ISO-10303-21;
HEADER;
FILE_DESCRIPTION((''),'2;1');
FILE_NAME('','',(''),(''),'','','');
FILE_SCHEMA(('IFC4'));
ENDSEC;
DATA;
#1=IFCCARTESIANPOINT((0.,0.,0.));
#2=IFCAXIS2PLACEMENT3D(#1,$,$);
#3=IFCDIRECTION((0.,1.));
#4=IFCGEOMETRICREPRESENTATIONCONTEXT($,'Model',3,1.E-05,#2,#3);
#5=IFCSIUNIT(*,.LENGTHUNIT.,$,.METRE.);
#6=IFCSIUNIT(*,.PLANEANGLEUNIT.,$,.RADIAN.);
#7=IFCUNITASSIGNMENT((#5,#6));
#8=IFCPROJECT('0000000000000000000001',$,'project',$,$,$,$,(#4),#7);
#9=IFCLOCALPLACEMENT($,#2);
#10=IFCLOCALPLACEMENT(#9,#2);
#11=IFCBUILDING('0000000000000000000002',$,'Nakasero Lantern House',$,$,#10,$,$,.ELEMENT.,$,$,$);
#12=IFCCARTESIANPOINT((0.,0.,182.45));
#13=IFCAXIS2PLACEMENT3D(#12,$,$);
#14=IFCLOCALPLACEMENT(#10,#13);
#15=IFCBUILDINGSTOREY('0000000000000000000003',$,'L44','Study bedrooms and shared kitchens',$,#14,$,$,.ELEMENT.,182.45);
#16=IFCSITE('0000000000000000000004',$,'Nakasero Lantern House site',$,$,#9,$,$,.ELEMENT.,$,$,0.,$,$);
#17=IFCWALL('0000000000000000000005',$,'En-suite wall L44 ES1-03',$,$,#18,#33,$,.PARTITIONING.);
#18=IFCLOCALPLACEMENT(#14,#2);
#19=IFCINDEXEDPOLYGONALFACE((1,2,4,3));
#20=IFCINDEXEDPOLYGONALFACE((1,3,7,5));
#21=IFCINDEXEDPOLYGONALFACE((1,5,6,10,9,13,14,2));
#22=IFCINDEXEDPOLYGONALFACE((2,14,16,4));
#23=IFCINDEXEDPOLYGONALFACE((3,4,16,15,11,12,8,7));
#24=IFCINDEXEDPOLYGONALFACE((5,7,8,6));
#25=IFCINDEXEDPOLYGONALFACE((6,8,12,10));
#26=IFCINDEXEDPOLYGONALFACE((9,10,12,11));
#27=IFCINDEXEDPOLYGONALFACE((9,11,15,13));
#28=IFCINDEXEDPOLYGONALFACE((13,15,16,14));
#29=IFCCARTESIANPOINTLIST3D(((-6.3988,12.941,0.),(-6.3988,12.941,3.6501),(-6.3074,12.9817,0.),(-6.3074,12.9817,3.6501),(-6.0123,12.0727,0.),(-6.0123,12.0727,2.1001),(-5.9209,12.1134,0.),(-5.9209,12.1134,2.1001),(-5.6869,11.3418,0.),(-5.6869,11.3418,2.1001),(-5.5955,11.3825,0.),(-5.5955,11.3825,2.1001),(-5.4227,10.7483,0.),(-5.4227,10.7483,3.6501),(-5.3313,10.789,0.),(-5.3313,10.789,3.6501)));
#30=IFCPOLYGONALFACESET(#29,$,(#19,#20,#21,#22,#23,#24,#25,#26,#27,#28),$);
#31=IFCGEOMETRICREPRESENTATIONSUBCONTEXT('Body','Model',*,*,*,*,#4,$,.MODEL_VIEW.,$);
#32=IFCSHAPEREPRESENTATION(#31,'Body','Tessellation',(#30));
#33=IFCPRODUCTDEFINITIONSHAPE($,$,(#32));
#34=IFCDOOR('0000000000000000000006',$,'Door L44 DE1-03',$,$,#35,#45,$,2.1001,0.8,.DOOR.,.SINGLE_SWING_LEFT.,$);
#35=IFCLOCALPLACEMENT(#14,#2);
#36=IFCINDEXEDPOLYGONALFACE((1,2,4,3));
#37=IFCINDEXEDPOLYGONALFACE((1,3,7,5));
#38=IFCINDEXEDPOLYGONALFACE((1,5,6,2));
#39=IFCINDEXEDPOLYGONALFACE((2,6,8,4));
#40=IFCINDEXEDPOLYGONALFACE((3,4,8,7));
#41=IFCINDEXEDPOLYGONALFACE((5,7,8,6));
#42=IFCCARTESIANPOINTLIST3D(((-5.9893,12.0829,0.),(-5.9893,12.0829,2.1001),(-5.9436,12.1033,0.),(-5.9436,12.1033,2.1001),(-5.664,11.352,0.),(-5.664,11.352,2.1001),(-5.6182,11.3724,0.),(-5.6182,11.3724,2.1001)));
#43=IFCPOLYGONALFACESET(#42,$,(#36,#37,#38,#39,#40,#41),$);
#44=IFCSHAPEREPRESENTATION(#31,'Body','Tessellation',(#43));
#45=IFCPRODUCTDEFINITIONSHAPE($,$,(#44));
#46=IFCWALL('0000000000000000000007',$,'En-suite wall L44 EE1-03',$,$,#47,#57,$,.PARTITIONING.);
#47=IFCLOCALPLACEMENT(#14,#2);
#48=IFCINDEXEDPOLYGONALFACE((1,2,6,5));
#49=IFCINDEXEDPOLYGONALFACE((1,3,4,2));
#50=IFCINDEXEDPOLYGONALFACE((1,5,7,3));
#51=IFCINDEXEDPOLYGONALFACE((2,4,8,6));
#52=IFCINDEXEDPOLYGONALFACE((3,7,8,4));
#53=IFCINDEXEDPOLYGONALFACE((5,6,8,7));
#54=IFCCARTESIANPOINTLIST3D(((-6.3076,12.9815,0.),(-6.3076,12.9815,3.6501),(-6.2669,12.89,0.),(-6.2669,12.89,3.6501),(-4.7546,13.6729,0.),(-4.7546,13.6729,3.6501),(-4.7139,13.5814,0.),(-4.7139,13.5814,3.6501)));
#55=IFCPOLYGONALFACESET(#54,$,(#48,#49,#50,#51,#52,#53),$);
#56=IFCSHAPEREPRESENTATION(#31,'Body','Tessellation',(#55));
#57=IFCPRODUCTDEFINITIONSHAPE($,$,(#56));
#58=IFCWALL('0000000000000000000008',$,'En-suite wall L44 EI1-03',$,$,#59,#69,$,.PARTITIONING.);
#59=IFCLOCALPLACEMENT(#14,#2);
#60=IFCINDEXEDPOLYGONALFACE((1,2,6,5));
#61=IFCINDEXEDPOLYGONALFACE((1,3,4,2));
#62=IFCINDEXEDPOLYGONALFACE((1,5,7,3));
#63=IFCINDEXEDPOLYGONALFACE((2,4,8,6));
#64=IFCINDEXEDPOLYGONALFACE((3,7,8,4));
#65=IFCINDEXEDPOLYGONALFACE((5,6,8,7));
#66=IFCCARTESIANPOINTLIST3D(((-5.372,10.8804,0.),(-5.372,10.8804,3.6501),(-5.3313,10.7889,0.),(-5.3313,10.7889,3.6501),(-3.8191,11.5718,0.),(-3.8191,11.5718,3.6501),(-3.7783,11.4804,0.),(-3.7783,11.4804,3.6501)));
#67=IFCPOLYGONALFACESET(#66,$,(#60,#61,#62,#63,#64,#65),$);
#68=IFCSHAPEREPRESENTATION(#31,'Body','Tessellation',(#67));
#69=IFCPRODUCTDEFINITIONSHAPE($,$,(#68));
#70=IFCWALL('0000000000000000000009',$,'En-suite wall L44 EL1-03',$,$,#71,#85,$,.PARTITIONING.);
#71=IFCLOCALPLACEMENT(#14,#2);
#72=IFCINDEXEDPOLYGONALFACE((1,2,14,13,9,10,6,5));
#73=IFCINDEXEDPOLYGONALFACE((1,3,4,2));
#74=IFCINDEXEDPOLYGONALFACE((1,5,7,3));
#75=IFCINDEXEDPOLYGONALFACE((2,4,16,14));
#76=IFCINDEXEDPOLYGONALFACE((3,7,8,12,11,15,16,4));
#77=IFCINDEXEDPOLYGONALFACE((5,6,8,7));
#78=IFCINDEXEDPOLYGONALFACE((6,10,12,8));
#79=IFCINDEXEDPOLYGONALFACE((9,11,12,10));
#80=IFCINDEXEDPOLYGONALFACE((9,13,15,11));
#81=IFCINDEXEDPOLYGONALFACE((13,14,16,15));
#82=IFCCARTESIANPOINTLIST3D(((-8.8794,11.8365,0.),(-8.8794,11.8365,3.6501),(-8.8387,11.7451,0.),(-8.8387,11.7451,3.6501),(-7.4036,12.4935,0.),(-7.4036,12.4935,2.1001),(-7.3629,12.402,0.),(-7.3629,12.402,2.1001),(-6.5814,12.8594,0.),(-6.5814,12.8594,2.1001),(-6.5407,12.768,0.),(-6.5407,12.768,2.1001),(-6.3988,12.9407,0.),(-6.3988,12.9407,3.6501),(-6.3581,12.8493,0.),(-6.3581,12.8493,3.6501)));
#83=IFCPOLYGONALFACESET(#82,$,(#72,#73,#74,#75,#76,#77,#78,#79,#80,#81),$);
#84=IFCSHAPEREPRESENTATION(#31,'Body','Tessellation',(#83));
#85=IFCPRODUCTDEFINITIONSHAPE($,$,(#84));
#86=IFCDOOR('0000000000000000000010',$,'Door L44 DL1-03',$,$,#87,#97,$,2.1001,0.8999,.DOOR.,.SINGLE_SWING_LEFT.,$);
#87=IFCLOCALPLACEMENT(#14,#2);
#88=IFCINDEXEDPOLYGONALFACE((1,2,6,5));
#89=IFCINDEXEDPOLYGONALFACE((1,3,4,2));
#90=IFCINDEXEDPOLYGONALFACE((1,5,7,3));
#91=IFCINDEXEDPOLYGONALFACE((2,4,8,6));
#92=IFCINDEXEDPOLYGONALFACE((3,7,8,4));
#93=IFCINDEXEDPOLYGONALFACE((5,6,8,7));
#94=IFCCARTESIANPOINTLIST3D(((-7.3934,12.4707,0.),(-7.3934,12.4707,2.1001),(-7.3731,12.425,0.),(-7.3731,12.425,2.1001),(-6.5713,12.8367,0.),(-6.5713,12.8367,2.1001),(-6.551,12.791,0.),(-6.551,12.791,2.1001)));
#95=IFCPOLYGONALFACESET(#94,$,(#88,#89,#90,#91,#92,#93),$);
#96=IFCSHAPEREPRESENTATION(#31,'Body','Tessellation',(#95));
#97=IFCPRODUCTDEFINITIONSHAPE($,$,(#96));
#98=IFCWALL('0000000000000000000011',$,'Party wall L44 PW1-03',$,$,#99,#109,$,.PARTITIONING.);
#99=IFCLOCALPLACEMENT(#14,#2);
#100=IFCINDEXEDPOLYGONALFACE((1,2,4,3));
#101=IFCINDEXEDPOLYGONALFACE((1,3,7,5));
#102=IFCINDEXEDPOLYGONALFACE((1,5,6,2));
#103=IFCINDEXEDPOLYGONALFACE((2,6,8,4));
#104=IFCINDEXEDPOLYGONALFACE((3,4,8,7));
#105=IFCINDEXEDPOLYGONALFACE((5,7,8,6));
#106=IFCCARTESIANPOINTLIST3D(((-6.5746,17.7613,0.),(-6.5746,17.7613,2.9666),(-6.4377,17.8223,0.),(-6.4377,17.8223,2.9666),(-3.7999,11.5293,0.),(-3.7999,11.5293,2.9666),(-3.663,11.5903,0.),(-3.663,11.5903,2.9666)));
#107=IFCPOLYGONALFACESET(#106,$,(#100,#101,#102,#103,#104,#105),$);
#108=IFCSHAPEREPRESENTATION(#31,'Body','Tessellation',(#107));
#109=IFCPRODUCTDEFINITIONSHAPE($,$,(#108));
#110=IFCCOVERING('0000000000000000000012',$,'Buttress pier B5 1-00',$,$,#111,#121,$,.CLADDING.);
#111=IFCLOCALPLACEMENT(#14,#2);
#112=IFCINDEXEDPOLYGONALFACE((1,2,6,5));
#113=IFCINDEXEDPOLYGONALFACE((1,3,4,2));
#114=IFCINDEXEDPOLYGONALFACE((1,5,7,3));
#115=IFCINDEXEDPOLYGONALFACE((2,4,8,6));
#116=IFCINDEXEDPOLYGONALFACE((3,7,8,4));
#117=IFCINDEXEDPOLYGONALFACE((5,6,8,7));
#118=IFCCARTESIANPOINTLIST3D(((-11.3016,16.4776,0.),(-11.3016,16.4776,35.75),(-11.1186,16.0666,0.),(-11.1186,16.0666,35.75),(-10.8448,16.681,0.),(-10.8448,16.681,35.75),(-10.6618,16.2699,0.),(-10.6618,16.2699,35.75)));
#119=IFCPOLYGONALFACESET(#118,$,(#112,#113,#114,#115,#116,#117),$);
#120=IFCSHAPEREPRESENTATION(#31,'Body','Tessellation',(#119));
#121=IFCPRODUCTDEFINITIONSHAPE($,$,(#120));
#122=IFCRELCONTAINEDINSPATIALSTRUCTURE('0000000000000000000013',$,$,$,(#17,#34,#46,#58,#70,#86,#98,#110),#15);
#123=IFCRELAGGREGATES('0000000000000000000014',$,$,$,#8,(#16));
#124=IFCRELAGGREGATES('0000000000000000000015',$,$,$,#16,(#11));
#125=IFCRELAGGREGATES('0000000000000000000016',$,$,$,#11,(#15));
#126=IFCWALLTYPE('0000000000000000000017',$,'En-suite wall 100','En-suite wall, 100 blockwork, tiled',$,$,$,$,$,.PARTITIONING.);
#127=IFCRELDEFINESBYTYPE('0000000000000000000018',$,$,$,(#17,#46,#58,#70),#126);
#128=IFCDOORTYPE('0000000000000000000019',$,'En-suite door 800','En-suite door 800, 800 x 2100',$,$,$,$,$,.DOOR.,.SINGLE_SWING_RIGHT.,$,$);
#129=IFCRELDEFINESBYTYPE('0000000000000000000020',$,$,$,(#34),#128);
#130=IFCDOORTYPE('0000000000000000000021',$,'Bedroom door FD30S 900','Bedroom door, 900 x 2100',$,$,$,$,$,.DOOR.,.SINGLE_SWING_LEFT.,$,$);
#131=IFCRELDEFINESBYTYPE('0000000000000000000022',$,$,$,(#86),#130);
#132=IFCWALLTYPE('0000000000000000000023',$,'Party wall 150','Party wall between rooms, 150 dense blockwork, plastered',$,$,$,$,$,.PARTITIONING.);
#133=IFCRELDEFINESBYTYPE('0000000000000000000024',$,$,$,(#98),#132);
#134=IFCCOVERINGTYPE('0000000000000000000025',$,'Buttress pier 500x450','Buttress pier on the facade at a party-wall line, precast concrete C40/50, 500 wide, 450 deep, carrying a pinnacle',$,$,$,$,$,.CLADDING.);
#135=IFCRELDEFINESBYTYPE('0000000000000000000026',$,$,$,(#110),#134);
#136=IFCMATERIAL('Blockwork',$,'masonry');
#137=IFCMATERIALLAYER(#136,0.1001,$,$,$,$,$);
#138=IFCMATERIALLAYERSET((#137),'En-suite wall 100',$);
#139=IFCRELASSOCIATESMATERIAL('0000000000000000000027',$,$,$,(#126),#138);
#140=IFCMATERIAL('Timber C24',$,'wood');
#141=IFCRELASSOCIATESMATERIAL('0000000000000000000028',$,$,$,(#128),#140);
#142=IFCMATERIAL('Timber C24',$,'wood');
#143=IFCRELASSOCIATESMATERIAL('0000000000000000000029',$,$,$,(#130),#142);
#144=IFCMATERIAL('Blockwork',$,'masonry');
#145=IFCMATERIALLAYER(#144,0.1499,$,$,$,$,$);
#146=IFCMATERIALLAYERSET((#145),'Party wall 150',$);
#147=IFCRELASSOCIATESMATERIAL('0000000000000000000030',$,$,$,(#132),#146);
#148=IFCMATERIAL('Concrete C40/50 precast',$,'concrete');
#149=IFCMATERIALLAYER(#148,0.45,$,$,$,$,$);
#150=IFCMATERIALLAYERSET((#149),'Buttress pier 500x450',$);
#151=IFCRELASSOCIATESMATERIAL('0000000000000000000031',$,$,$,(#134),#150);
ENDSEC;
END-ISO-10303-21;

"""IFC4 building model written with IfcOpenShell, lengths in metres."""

from ifc_helpers import new_model, si_unit, direction, frame, frame_2d, origin, origin_2d, place, context, subcontext, project, spatial, rectangle, extrude, material, layer, layer_set, type_object, element, fill, save


model = new_model("IFC4")

# Units and contexts
model_context = context("Model", 3, precision=1e-05, world=origin(), true_north=direction((0.0, 1.0)))
body_context = subcontext(model_context, "Body", "Model", "MODEL_VIEW")
ifc_project = project(units=[si_unit("LENGTHUNIT", "METRE"), si_unit("PLANEANGLEUNIT", "RADIAN")], contexts=[model_context])

# Site, building, storey
site_placement = place(None, origin())
site = spatial("IfcSite", under=ifc_project, at=site_placement, Name="Nakasero Lantern House site", CompositionType="ELEMENT", RefElevation=0.0)
building_placement = place(site_placement, origin())
building = spatial("IfcBuilding", under=site, at=building_placement, Name="Nakasero Lantern House", CompositionType="ELEMENT")
storey_placement = place(building_placement, frame((0.0, 0.0, 182.45)))
storey = spatial("IfcBuildingStorey", under=building, at=storey_placement, Name="L44", Description="Study bedrooms and shared kitchens", CompositionType="ELEMENT", Elevation=182.45)

# Wall, opening, door
ifc_material_1 = material(Name="Blockwork", Category="masonry")
ifc_layer_1 = layer(ifc_material_1, 0.1001)
ifc_layer_set_1 = layer_set([ifc_layer_1], Name="En-suite wall 100")
wall_type_1 = type_object("IfcWallType", Name="En-suite wall 100", Description="En-suite wall, 100 blockwork, tiled", PredefinedType="PARTITIONING", material=ifc_layer_set_1)
wall_1_placement = place(storey_placement, frame((-5.377, 10.7686, 0.0), z_axis=(0.0, 0.0, 1.0), x_axis=(-0.406686, 0.913568, 0.0)))
wall_1 = element("IfcWall", 1, at=wall_1_placement, inside=storey, type_object=wall_type_1, Name="En-suite wall L44 ES1-03", PredefinedType="PARTITIONING", context=body_context, shape_type="SweptSolid", body=[
    extrude(rectangle(XDim=2.4001, YDim=0.1001, at=frame_2d((1.2002, 0.0))), origin(), (0.0, 0.0, 1.0), 3.6501),
])
opening_1_placement = place(wall_1_placement, frame((0.6499, 0.0, 0.0)))
opening_1 = element("IfcOpeningElement", 2, at=opening_1_placement, cuts=wall_1, PredefinedType="OPENING", context=body_context, shape_type="SweptSolid", body=[
    extrude(rectangle(XDim=0.8, YDim=2.1001, at=frame_2d((0.3999, 1.05))), frame((0.0, 0.0701, 0.0), z_axis=(0.0, -1.0, 0.0), x_axis=(1.0, 0.0, 0.0)), (0.0, 0.0, 1.0), 0.1401),
])
ifc_material_2 = material(Name="Timber C24", Category="wood")
door_type_1 = type_object("IfcDoorType", Name="En-suite door 800", Description="En-suite door 800, 800 x 2100", OperationType="SINGLE_SWING_RIGHT", PredefinedType="DOOR", material=ifc_material_2)
door_1_placement = place(opening_1_placement, origin())
door_1 = element("IfcDoor", 3, at=door_1_placement, inside=storey, type_object=door_type_1, Name="Door L44 DE1-03", OperationType="SINGLE_SWING_LEFT", OverallHeight=2.1001, OverallWidth=0.8, PredefinedType="DOOR", context=body_context, shape_type="SweptSolid", body=[
    extrude(rectangle(XDim=0.8, YDim=2.1001, at=frame_2d((0.3999, 1.05))), frame((0.0, 0.0249, 0.0), z_axis=(0.0, -1.0, 0.0), x_axis=(1.0, 0.0, 0.0)), (0.0, 0.0, 1.0), 0.05),
])
fill(opening_1, door_1)

# Walls
for number, where, z_axis, x_axis, name in (
    (4, (-4.7341, 13.6272, 0.0), (0.0, 0.0, 1.0), (-0.913551, -0.406725, 0.0), "En-suite wall L44 EE1-03"),
    (5, (-3.7986, 11.5261, 0.0), (0.0, 0.0, 1.0), (-0.913551, -0.406725, 0.0), "En-suite wall L44 EI1-03"),
):
    element("IfcWall", number, at=place(storey_placement, frame(where, z_axis=z_axis, x_axis=x_axis)), inside=storey, type_object=wall_type_1, Name=name, PredefinedType="PARTITIONING", context=body_context, shape_type="SweptSolid", body=[
        extrude(rectangle(XDim=1.7, YDim=0.1001, at=frame_2d((0.8501, 0.0))), origin(), (0.0, 0.0, 1.0), 3.6501),
    ])

# Wall, opening, door
wall_2_placement = place(storey_placement, frame((-6.3784, 12.895, 0.0), z_axis=(0.0, 0.0, 1.0), x_axis=(-0.913578, -0.406664, 0.0)))
wall_2 = element("IfcWall", 6, at=wall_2_placement, inside=storey, type_object=wall_type_1, Name="En-suite wall L44 EL1-03", PredefinedType="PARTITIONING", context=body_context, shape_type="SweptSolid", body=[
    extrude(rectangle(XDim=2.7153, YDim=0.1001, at=frame_2d((1.3577, 0.0))), origin(), (0.0, 0.0, 1.0), 3.6501),
])
opening_2_placement = place(wall_2_placement, frame((0.2, 0.0, 0.0)))
opening_2 = element("IfcOpeningElement", 7, at=opening_2_placement, cuts=wall_2, PredefinedType="OPENING", context=body_context, shape_type="SweptSolid", body=[
    extrude(rectangle(XDim=0.8999, YDim=2.1001, at=frame_2d((0.45, 1.05))), frame((0.0, 0.0701, 0.0), z_axis=(0.0, -1.0, 0.0), x_axis=(1.0, 0.0, 0.0)), (0.0, 0.0, 1.0), 0.1401),
])
ifc_material_3 = material(Name="Timber C24", Category="wood")
door_type_2 = type_object("IfcDoorType", Name="Bedroom door FD30S 900", Description="Bedroom door, 900 x 2100", OperationType="SINGLE_SWING_LEFT", PredefinedType="DOOR", material=ifc_material_3)
door_2_placement = place(opening_2_placement, origin())
door_2 = element("IfcDoor", 8, at=door_2_placement, inside=storey, type_object=door_type_2, Name="Door L44 DL1-03", OperationType="SINGLE_SWING_LEFT", OverallHeight=2.1001, OverallWidth=0.8999, PredefinedType="DOOR", context=body_context, shape_type="SweptSolid", body=[
    extrude(rectangle(XDim=0.8999, YDim=2.1001, at=frame_2d((0.45, 1.05))), frame((0.0, 0.0249, 0.0), z_axis=(0.0, -1.0, 0.0), x_axis=(1.0, 0.0, 0.0)), (0.0, 0.0, 1.0), 0.05),
])
fill(opening_2, door_2)

# Wall
ifc_material_4 = material(Name="Blockwork", Category="masonry")
ifc_layer_2 = layer(ifc_material_4, 0.1499)
ifc_layer_set_2 = layer_set([ifc_layer_2], Name="Party wall 150")
wall_type_2 = type_object("IfcWallType", Name="Party wall 150", Description="Party wall between rooms, 150 dense blockwork, plastered", PredefinedType="PARTITIONING", material=ifc_layer_set_2)
wall_3_placement = place(storey_placement, frame((-3.7314, 11.5598, 0.0), z_axis=(0.0, 0.0, 1.0), x_axis=(-0.406739, 0.913544, 0.0)))
element("IfcWall", 9, at=wall_3_placement, inside=storey, type_object=wall_type_2, Name="Party wall L44 PW1-03", PredefinedType="PARTITIONING", context=body_context, shape_type="SweptSolid", body=[
    extrude(rectangle(XDim=6.8218, YDim=0.1499, at=frame_2d((3.4109, 0.0))), origin(), (0.0, 0.0, 1.0), 2.9666),
])

# Covering
ifc_material_5 = material(Name="Concrete C40/50 precast", Category="concrete")
ifc_layer_3 = layer(ifc_material_5, 0.45)
ifc_layer_set_3 = layer_set([ifc_layer_3], Name="Buttress pier 500x450")
covering_type = type_object("IfcCoveringType", Name="Buttress pier 500x450", Description="Buttress pier on the facade at a party-wall line, precast concrete C40/50, 500 wide, 450 deep, carrying a pinnacle", PredefinedType="CLADDING", material=ifc_layer_set_3)
covering_placement = place(storey_placement, frame((-10.9817, 16.3738, 0.0), z_axis=(0.0, 0.0, 1.0), x_axis=(-0.406737, 0.913545, 0.0)))
element("IfcCovering", 10, at=covering_placement, inside=storey, type_object=covering_type, Name="Buttress pier B5 1-00", PredefinedType="CLADDING", context=body_context, shape_type="SweptSolid", body=[
    extrude(rectangle(XDim=0.45, YDim=0.5, at=origin_2d()), origin(), (0.0, 0.0, 1.0), 35.75),
])

save(model, "model.ifc")
